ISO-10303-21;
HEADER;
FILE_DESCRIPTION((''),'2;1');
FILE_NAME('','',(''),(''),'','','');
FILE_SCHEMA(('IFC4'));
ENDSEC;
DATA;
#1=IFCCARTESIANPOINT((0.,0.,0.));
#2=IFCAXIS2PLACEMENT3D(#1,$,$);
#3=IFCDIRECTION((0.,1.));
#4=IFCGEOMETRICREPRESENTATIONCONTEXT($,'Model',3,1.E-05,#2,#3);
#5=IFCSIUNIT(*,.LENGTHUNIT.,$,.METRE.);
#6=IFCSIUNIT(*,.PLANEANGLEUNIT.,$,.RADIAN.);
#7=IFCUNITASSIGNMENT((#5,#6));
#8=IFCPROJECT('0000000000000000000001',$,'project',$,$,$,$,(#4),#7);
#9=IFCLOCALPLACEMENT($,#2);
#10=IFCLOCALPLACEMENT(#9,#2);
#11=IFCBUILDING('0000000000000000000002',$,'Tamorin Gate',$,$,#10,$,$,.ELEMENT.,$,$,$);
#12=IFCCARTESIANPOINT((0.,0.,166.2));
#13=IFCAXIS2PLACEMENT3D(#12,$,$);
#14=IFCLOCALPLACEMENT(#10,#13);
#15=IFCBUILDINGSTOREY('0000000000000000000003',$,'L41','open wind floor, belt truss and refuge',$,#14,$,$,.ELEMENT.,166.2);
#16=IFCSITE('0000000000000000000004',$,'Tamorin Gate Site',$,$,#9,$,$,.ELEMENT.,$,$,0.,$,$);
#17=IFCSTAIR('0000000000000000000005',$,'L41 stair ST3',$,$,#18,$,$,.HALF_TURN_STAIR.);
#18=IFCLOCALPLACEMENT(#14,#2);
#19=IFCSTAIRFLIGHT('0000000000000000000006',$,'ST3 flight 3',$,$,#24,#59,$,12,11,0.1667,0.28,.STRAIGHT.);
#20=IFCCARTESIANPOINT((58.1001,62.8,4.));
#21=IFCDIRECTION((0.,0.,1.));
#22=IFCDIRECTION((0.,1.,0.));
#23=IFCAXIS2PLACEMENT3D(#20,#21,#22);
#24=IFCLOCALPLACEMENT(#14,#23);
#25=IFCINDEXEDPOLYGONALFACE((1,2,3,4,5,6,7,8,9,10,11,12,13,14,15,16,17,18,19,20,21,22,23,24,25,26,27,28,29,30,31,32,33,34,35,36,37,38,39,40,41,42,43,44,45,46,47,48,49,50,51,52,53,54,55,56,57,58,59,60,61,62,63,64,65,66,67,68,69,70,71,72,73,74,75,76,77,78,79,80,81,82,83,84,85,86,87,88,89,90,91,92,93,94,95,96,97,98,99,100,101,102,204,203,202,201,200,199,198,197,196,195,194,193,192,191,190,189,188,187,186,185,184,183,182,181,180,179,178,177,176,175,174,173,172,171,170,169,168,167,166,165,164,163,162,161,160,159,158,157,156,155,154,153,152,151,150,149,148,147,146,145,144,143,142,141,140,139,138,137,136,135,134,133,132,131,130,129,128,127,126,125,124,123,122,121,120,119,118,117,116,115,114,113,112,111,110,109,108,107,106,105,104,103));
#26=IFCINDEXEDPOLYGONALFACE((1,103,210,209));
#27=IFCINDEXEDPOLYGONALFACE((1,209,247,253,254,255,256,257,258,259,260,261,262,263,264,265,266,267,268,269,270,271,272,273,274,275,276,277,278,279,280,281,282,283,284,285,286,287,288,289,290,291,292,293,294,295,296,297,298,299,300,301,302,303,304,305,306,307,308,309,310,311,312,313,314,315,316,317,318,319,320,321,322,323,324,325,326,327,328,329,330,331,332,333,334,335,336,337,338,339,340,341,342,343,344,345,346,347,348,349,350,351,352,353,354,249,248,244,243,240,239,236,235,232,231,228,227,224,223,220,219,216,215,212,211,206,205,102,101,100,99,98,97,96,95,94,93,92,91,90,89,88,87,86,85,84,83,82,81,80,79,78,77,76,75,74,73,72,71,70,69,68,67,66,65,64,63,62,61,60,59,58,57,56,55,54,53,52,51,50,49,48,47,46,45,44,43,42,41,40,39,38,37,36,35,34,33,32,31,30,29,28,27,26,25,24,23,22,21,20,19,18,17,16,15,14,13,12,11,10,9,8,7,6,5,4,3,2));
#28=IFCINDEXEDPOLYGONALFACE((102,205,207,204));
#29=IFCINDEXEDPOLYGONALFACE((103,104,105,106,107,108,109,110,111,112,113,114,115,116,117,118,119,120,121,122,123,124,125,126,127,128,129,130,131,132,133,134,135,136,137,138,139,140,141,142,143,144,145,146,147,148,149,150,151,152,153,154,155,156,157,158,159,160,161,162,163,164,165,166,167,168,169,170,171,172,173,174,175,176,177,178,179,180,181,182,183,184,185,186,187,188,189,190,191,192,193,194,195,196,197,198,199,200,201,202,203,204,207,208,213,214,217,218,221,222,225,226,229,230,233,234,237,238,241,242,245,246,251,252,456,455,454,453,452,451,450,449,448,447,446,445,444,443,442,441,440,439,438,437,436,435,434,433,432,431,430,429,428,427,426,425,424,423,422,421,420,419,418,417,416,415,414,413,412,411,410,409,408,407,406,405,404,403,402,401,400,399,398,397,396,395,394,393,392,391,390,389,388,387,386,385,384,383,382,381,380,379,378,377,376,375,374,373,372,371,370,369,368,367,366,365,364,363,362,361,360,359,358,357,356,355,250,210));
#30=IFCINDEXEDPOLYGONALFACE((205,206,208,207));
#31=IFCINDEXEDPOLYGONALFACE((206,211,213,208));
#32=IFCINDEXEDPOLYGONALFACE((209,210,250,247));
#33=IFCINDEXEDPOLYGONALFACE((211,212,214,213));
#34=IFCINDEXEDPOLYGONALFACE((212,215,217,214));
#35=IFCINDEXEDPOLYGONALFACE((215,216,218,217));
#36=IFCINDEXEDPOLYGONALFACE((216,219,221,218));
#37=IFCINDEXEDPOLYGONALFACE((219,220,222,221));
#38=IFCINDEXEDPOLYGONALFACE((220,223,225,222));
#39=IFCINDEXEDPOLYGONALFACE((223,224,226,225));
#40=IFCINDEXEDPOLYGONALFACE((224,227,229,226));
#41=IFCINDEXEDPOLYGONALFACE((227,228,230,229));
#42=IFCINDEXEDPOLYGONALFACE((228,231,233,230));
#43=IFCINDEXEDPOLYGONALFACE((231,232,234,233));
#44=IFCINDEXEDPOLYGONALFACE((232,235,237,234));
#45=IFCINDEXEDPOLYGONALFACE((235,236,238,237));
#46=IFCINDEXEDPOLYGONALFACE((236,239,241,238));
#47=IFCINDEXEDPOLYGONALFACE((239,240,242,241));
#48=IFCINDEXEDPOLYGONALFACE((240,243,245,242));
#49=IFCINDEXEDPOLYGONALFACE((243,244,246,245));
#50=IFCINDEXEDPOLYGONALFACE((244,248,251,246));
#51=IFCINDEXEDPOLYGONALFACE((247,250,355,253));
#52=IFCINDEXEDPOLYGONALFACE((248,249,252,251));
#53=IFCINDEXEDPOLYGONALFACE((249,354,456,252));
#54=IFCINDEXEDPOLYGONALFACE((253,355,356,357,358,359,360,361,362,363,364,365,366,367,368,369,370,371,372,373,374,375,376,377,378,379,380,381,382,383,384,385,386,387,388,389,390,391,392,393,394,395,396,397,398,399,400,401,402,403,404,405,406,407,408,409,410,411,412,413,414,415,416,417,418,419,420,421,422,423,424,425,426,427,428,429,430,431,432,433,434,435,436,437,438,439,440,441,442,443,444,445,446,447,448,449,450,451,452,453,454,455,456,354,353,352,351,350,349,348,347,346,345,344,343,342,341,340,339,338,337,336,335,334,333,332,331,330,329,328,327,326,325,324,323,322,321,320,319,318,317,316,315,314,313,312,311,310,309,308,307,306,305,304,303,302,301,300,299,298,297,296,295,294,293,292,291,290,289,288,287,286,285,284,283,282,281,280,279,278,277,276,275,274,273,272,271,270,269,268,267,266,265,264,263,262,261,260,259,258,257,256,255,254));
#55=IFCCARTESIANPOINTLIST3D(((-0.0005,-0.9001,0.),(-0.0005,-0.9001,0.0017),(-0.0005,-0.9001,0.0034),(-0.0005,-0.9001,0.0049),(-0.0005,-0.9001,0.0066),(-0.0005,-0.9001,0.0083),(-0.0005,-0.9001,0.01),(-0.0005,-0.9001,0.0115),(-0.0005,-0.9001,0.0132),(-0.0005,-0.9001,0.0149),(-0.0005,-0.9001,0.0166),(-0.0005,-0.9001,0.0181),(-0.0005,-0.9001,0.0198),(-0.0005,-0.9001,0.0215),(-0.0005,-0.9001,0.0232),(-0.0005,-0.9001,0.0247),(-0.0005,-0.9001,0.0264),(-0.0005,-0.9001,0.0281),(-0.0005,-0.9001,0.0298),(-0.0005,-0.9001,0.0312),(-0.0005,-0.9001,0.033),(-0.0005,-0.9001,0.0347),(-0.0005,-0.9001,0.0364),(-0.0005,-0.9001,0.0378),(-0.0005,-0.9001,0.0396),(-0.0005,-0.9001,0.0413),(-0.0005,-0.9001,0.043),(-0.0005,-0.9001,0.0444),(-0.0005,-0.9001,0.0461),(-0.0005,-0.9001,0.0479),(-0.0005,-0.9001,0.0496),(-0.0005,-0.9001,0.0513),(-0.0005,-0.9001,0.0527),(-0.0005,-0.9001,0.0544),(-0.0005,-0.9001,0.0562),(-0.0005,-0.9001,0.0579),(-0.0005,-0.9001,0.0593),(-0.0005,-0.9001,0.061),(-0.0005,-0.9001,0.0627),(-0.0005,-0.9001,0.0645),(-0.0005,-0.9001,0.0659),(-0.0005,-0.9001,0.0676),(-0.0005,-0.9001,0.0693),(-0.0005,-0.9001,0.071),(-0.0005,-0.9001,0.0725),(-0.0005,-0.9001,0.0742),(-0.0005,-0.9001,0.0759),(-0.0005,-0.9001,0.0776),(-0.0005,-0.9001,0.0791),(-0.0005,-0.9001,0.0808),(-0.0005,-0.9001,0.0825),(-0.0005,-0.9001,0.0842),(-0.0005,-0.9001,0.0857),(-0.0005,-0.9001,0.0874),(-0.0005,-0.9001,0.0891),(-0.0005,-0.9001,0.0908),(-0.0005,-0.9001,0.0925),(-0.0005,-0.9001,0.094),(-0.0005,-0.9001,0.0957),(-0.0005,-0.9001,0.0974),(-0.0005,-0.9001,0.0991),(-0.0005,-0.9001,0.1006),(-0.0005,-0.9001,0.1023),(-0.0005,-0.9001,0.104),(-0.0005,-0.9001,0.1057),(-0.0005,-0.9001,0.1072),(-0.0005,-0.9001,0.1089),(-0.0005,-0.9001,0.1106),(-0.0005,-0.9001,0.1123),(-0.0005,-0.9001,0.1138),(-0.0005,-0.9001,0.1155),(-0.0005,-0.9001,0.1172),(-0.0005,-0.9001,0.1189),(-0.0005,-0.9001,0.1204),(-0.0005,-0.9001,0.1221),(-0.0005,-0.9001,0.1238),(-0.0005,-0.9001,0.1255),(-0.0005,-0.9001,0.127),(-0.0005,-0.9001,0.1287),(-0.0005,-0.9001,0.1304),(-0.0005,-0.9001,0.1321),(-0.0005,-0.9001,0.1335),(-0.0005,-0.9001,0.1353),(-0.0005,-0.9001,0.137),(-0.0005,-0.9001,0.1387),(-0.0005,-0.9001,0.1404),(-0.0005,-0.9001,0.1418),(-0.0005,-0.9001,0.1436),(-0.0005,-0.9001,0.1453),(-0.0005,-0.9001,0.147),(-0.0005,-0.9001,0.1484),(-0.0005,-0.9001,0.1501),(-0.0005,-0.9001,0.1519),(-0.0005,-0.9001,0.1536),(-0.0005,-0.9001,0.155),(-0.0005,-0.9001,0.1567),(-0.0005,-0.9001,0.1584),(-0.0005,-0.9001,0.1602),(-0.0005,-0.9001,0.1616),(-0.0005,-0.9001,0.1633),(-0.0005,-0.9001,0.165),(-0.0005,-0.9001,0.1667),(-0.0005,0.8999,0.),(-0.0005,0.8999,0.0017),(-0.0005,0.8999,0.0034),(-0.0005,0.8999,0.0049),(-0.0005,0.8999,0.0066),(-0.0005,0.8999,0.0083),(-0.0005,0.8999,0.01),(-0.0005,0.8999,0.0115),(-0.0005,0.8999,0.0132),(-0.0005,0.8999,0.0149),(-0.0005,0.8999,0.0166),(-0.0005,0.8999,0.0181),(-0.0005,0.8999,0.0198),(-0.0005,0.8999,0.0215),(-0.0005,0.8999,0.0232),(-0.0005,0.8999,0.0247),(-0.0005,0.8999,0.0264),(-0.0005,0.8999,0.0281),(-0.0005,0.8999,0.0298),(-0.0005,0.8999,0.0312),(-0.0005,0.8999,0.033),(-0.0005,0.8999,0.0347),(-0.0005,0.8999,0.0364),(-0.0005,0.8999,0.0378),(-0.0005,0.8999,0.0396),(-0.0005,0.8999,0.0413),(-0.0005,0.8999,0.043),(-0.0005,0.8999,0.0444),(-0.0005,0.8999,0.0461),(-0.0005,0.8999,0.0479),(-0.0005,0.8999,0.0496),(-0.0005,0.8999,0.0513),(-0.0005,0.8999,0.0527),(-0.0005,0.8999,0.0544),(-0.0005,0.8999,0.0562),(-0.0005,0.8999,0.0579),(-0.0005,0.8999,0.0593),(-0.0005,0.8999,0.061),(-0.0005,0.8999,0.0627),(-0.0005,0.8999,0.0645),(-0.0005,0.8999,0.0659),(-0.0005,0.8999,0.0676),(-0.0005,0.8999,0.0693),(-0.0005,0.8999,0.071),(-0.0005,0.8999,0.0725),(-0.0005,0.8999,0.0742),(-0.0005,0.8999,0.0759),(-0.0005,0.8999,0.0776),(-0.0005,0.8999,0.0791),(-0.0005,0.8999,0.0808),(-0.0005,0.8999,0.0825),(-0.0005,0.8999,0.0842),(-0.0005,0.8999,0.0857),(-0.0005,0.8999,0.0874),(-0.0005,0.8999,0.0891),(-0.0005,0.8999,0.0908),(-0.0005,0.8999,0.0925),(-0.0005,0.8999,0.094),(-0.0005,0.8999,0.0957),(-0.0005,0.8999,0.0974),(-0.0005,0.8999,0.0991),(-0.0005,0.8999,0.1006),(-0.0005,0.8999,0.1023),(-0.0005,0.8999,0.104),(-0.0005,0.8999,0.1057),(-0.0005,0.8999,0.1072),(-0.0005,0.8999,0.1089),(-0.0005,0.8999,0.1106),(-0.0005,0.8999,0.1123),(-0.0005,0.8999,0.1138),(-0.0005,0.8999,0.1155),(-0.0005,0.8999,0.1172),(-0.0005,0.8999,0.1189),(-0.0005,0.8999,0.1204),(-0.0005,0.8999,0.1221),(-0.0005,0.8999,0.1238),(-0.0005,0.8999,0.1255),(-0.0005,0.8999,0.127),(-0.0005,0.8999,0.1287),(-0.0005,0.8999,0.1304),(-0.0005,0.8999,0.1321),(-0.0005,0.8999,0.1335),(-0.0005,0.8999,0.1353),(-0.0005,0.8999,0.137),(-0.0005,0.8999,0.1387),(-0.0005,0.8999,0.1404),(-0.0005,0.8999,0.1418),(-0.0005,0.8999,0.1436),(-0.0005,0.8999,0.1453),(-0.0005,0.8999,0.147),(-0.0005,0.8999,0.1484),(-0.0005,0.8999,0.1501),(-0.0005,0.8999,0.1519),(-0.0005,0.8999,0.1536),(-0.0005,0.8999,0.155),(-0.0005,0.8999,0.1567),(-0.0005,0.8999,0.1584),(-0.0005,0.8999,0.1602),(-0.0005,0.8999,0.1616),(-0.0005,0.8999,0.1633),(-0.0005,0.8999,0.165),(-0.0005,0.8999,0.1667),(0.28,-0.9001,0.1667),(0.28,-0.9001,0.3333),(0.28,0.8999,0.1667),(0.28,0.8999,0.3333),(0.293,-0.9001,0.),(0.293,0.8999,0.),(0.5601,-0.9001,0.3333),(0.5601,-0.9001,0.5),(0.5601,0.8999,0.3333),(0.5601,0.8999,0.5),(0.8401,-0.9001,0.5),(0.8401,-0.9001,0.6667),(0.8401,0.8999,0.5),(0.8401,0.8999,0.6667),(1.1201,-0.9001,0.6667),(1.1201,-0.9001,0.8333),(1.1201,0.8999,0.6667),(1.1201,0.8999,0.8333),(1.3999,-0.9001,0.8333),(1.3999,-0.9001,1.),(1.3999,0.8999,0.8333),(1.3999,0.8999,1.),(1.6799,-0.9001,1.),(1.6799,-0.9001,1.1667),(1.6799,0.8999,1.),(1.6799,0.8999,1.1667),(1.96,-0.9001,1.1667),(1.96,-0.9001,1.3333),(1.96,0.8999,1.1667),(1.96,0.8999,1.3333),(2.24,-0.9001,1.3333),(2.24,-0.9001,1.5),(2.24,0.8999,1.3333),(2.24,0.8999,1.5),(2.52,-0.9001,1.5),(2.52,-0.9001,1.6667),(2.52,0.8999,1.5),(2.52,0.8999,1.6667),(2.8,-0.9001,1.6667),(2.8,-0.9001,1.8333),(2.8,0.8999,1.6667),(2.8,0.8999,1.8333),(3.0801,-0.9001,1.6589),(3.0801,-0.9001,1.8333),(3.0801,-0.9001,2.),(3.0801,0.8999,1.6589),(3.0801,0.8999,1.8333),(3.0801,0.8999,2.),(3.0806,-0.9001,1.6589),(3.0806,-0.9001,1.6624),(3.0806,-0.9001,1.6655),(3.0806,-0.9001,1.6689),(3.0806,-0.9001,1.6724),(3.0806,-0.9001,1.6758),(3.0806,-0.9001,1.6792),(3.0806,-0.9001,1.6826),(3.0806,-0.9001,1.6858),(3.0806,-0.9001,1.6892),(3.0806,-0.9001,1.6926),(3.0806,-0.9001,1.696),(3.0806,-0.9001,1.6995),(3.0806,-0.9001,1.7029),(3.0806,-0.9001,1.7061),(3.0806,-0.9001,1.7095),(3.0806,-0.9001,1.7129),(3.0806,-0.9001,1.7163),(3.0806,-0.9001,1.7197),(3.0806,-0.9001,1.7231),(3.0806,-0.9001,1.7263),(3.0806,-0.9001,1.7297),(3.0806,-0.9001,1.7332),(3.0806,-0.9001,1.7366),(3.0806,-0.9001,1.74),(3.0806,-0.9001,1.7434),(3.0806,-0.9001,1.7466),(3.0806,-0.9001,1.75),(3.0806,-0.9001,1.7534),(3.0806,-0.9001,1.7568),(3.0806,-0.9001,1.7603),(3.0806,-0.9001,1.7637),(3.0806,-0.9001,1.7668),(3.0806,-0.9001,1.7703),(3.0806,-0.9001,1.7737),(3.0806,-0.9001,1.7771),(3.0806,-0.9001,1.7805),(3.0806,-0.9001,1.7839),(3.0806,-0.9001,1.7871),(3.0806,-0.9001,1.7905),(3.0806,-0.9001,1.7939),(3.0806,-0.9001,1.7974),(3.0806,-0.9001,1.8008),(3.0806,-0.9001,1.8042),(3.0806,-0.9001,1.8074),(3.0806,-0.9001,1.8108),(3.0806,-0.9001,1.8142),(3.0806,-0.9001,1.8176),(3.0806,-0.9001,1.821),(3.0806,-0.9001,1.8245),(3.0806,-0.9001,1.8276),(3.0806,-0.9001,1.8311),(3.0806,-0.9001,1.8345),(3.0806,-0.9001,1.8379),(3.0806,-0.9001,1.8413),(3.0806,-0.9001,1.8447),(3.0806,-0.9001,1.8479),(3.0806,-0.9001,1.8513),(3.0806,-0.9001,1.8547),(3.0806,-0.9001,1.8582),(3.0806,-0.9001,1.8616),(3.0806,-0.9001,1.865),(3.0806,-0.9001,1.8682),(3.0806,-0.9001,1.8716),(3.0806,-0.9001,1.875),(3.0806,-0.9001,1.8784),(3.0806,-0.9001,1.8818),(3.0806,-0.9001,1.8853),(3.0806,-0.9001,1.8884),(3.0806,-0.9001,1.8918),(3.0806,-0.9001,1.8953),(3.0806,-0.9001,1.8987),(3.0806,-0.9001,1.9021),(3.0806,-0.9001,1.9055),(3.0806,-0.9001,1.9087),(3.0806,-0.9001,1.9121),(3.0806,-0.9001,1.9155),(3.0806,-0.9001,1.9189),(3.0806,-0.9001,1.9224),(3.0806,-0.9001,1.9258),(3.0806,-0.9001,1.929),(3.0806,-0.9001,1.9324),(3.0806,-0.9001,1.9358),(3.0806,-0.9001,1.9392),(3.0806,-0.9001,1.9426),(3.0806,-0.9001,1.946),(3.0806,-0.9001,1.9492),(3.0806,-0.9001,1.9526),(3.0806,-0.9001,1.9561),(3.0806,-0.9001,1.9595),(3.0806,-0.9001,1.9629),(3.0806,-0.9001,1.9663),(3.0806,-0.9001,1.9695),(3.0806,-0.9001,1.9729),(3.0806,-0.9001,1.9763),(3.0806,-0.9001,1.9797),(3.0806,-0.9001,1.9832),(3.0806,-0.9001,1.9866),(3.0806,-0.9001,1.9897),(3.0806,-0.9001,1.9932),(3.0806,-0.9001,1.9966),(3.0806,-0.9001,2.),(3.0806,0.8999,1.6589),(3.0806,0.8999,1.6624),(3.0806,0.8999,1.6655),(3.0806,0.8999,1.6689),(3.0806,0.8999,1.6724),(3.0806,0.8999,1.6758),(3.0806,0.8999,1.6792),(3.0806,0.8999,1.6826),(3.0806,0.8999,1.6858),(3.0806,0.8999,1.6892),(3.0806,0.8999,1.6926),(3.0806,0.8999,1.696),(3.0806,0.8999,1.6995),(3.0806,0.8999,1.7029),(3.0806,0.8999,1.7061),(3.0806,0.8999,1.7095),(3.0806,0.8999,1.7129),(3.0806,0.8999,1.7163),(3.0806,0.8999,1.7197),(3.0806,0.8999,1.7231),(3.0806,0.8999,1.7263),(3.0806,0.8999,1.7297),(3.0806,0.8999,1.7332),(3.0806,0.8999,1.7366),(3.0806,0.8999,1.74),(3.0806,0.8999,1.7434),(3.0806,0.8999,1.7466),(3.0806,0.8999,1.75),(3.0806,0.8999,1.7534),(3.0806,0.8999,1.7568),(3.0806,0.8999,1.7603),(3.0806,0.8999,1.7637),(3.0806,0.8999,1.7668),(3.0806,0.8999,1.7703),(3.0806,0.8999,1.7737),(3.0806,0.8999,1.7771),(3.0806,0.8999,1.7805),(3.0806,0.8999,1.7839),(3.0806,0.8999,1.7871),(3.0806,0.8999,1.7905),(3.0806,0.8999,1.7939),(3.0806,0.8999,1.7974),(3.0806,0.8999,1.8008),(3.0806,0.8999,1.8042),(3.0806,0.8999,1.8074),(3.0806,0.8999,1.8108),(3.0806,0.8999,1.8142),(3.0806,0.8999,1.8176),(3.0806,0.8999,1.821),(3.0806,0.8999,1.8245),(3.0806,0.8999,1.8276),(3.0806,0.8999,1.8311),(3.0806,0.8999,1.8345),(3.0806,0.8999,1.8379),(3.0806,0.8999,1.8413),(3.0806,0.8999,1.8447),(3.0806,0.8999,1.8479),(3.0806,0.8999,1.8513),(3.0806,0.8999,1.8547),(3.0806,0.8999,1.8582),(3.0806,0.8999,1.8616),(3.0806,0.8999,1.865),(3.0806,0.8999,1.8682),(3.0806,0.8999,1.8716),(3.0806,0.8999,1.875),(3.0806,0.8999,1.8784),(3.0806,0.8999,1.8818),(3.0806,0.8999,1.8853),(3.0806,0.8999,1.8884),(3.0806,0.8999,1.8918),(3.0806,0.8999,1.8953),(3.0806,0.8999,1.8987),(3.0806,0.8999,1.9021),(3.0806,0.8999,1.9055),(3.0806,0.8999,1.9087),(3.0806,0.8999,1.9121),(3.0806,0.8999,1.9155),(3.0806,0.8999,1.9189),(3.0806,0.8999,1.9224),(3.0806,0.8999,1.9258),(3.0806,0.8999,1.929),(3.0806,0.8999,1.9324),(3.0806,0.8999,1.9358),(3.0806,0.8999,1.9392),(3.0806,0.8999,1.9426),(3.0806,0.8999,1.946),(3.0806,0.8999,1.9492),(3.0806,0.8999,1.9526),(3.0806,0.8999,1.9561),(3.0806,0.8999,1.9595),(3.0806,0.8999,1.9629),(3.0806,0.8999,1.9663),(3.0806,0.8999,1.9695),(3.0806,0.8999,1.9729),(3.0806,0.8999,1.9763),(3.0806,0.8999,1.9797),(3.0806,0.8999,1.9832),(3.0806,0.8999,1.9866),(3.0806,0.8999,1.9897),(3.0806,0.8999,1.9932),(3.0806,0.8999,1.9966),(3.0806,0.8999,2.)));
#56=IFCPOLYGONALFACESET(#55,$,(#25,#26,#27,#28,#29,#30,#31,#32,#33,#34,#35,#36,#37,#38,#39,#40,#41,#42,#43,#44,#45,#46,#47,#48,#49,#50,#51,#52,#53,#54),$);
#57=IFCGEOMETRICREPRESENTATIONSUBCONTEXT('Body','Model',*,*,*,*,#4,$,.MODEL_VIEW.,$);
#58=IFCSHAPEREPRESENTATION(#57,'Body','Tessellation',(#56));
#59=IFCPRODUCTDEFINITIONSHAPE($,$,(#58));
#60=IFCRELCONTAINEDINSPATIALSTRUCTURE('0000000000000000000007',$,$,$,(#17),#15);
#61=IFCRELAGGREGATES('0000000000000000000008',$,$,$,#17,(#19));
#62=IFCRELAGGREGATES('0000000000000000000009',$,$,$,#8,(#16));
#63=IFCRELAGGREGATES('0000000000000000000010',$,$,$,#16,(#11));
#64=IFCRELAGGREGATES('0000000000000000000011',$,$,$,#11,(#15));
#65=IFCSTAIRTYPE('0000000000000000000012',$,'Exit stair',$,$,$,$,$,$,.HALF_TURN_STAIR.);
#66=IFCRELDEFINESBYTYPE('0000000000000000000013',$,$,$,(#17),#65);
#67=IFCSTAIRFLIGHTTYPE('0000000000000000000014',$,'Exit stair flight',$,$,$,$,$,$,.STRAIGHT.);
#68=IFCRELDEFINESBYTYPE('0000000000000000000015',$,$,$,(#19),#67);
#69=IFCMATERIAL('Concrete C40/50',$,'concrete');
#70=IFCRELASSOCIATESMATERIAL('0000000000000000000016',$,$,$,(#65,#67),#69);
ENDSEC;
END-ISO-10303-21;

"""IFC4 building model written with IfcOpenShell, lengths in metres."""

from ifc_helpers import new_model, si_unit, direction, frame, origin, place, context, subcontext, project, spatial, polyline, outline, extrude, material, type_object, element, aggregate, save


model = new_model("IFC4")

# Units and contexts
model_context = context("Model", 3, precision=1e-05, world=origin(), true_north=direction((0.0, 1.0)))
body_context = subcontext(model_context, "Body", "Model", "MODEL_VIEW")
ifc_project = project(units=[si_unit("LENGTHUNIT", "METRE"), si_unit("PLANEANGLEUNIT", "RADIAN")], contexts=[model_context])

# Site, building, storey
site_placement = place(None, origin())
site = spatial("IfcSite", under=ifc_project, at=site_placement, Name="Tamorin Gate Site", CompositionType="ELEMENT", RefElevation=0.0)
building_placement = place(site_placement, origin())
building = spatial("IfcBuilding", under=site, at=building_placement, Name="Tamorin Gate", CompositionType="ELEMENT")
storey_placement = place(building_placement, frame((0.0, 0.0, 166.2)))
storey = spatial("IfcBuildingStorey", under=building, at=storey_placement, Name="L41", Description="open wind floor, belt truss and refuge", CompositionType="ELEMENT", Elevation=166.2)

# Shared definitions
ifc_material_1 = material(Name="Concrete C40/50", Category="concrete")

# Stair, stair flight
stair_type = type_object("IfcStairType", Name="Exit stair", PredefinedType="HALF_TURN_STAIR", material=ifc_material_1)
stair_placement = place(storey_placement, origin())
stair = element("IfcStair", 1, at=stair_placement, inside=storey, type_object=stair_type, Name="L41 stair ST3", PredefinedType="HALF_TURN_STAIR")
stair_flight_type = type_object("IfcStairFlightType", Name="Exit stair flight", PredefinedType="STRAIGHT", material=ifc_material_1)
stair_flight_1_placement = place(storey_placement, frame((58.1001, 62.8, 4.0), z_axis=(0.0, 0.0, 1.0), x_axis=(0.0, 1.0, 0.0)))
stair_flight_1 = element("IfcStairFlight", 2, at=stair_flight_1_placement, type_object=stair_flight_type, Name="ST3 flight 3", NumberOfRisers=12, NumberOfTreads=11, PredefinedType="STRAIGHT", RiserHeight=0.1667, TreadLength=0.28, context=body_context, shape_type="SweptSolid", body=[
    extrude(outline(polyline([(-0.0005, 0.0), (-0.0005, 0.0017), (-0.0005, 0.0034), (-0.0005, 0.0049), (-0.0005, 0.0066), (-0.0005, 0.0083), (-0.0005, 0.01), (-0.0005, 0.0115), (-0.0005, 0.0132), (-0.0005, 0.0149), (-0.0005, 0.0166), (-0.0005, 0.0181), (-0.0005, 0.0198), (-0.0005, 0.0215), (-0.0005, 0.0232), (-0.0005, 0.0247), (-0.0005, 0.0264), (-0.0005, 0.0281), (-0.0005, 0.0298), (-0.0005, 0.0312), (-0.0005, 0.033), (-0.0005, 0.0347), (-0.0005, 0.0364), (-0.0005, 0.0378), (-0.0005, 0.0396), (-0.0005, 0.0413), (-0.0005, 0.043), (-0.0005, 0.0444), (-0.0005, 0.0461), (-0.0005, 0.0479), (-0.0005, 0.0496), (-0.0005, 0.0513), (-0.0005, 0.0527), (-0.0005, 0.0544), (-0.0005, 0.0562), (-0.0005, 0.0579), (-0.0005, 0.0593), (-0.0005, 0.061), (-0.0005, 0.0627), (-0.0005, 0.0645), (-0.0005, 0.0659), (-0.0005, 0.0676), (-0.0005, 0.0693), (-0.0005, 0.071), (-0.0005, 0.0725), (-0.0005, 0.0742), (-0.0005, 0.0759), (-0.0005, 0.0776), (-0.0005, 0.0791), (-0.0005, 0.0808), (-0.0005, 0.0825), (-0.0005, 0.0842), (-0.0005, 0.0857), (-0.0005, 0.0874), (-0.0005, 0.0891), (-0.0005, 0.0908), (-0.0005, 0.0925), (-0.0005, 0.094), (-0.0005, 0.0957), (-0.0005, 0.0974), (-0.0005, 0.0991), (-0.0005, 0.1006), (-0.0005, 0.1023), (-0.0005, 0.104), (-0.0005, 0.1057), (-0.0005, 0.1072), (-0.0005, 0.1089), (-0.0005, 0.1106), (-0.0005, 0.1123), (-0.0005, 0.1138), (-0.0005, 0.1155), (-0.0005, 0.1172), (-0.0005, 0.1189), (-0.0005, 0.1204), (-0.0005, 0.1221), (-0.0005, 0.1238), (-0.0005, 0.1255), (-0.0005, 0.127), (-0.0005, 0.1287), (-0.0005, 0.1304), (-0.0005, 0.1321), (-0.0005, 0.1335), (-0.0005, 0.1353), (-0.0005, 0.137), (-0.0005, 0.1387), (-0.0005, 0.1404), (-0.0005, 0.1418), (-0.0005, 0.1436), (-0.0005, 0.1453), (-0.0005, 0.147), (-0.0005, 0.1484), (-0.0005, 0.1501), (-0.0005, 0.1519), (-0.0005, 0.1536), (-0.0005, 0.155), (-0.0005, 0.1567), (-0.0005, 0.1584), (-0.0005, 0.1602), (-0.0005, 0.1616), (-0.0005, 0.1633), (-0.0005, 0.165), (-0.0005, 0.1667), (0.28, 0.1667), (0.28, 0.3333), (0.5601, 0.3333), (0.5601, 0.5), (0.8401, 0.5), (0.8401, 0.6667), (1.1201, 0.6667), (1.1201, 0.8333), (1.3999, 0.8333), (1.3999, 1.0), (1.6799, 1.0), (1.6799, 1.1667), (1.96, 1.1667), (1.96, 1.3333), (2.24, 1.3333), (2.24, 1.5), (2.52, 1.5), (2.52, 1.6667), (2.8, 1.6667), (2.8, 1.8333), (3.0801, 1.8333), (3.0801, 2.0), (3.0806, 2.0), (3.0806, 1.9966), (3.0806, 1.9932), (3.0806, 1.9897), (3.0806, 1.9866), (3.0806, 1.9832), (3.0806, 1.9797), (3.0806, 1.9763), (3.0806, 1.9729), (3.0806, 1.9695), (3.0806, 1.9663), (3.0806, 1.9629), (3.0806, 1.9595), (3.0806, 1.9561), (3.0806, 1.9526), (3.0806, 1.9492), (3.0806, 1.946), (3.0806, 1.9426), (3.0806, 1.9392), (3.0806, 1.9358), (3.0806, 1.9324), (3.0806, 1.929), (3.0806, 1.9258), (3.0806, 1.9224), (3.0806, 1.9189), (3.0806, 1.9155), (3.0806, 1.9121), (3.0806, 1.9087), (3.0806, 1.9055), (3.0806, 1.9021), (3.0806, 1.8987), (3.0806, 1.8953), (3.0806, 1.8918), (3.0806, 1.8884), (3.0806, 1.8853), (3.0806, 1.8818), (3.0806, 1.8784), (3.0806, 1.875), (3.0806, 1.8716), (3.0806, 1.8682), (3.0806, 1.865), (3.0806, 1.8616), (3.0806, 1.8582), (3.0806, 1.8547), (3.0806, 1.8513), (3.0806, 1.8479), (3.0806, 1.8447), (3.0806, 1.8413), (3.0806, 1.8379), (3.0806, 1.8345), (3.0806, 1.8311), (3.0806, 1.8276), (3.0806, 1.8245), (3.0806, 1.821), (3.0806, 1.8176), (3.0806, 1.8142), (3.0806, 1.8108), (3.0806, 1.8074), (3.0806, 1.8042), (3.0806, 1.8008), (3.0806, 1.7974), (3.0806, 1.7939), (3.0806, 1.7905), (3.0806, 1.7871), (3.0806, 1.7839), (3.0806, 1.7805), (3.0806, 1.7771), (3.0806, 1.7737), (3.0806, 1.7703), (3.0806, 1.7668), (3.0806, 1.7637), (3.0806, 1.7603), (3.0806, 1.7568), (3.0806, 1.7534), (3.0806, 1.75), (3.0806, 1.7466), (3.0806, 1.7434), (3.0806, 1.74), (3.0806, 1.7366), (3.0806, 1.7332), (3.0806, 1.7297), (3.0806, 1.7263), (3.0806, 1.7231), (3.0806, 1.7197), (3.0806, 1.7163), (3.0806, 1.7129), (3.0806, 1.7095), (3.0806, 1.7061), (3.0806, 1.7029), (3.0806, 1.6995), (3.0806, 1.696), (3.0806, 1.6926), (3.0806, 1.6892), (3.0806, 1.6858), (3.0806, 1.6826), (3.0806, 1.6792), (3.0806, 1.6758), (3.0806, 1.6724), (3.0806, 1.6689), (3.0806, 1.6655), (3.0806, 1.6624), (3.0806, 1.6589), (3.0801, 1.6589), (0.293, 0.0), (-0.0005, 0.0)])), frame((0.0, 0.8999, 0.0), z_axis=(0.0, -1.0, 0.0), x_axis=(1.0, 0.0, 0.0)), (0.0, 0.0, 1.0), 1.8),
])
aggregate(stair, [stair_flight_1])

save(model, "model.ifc")
